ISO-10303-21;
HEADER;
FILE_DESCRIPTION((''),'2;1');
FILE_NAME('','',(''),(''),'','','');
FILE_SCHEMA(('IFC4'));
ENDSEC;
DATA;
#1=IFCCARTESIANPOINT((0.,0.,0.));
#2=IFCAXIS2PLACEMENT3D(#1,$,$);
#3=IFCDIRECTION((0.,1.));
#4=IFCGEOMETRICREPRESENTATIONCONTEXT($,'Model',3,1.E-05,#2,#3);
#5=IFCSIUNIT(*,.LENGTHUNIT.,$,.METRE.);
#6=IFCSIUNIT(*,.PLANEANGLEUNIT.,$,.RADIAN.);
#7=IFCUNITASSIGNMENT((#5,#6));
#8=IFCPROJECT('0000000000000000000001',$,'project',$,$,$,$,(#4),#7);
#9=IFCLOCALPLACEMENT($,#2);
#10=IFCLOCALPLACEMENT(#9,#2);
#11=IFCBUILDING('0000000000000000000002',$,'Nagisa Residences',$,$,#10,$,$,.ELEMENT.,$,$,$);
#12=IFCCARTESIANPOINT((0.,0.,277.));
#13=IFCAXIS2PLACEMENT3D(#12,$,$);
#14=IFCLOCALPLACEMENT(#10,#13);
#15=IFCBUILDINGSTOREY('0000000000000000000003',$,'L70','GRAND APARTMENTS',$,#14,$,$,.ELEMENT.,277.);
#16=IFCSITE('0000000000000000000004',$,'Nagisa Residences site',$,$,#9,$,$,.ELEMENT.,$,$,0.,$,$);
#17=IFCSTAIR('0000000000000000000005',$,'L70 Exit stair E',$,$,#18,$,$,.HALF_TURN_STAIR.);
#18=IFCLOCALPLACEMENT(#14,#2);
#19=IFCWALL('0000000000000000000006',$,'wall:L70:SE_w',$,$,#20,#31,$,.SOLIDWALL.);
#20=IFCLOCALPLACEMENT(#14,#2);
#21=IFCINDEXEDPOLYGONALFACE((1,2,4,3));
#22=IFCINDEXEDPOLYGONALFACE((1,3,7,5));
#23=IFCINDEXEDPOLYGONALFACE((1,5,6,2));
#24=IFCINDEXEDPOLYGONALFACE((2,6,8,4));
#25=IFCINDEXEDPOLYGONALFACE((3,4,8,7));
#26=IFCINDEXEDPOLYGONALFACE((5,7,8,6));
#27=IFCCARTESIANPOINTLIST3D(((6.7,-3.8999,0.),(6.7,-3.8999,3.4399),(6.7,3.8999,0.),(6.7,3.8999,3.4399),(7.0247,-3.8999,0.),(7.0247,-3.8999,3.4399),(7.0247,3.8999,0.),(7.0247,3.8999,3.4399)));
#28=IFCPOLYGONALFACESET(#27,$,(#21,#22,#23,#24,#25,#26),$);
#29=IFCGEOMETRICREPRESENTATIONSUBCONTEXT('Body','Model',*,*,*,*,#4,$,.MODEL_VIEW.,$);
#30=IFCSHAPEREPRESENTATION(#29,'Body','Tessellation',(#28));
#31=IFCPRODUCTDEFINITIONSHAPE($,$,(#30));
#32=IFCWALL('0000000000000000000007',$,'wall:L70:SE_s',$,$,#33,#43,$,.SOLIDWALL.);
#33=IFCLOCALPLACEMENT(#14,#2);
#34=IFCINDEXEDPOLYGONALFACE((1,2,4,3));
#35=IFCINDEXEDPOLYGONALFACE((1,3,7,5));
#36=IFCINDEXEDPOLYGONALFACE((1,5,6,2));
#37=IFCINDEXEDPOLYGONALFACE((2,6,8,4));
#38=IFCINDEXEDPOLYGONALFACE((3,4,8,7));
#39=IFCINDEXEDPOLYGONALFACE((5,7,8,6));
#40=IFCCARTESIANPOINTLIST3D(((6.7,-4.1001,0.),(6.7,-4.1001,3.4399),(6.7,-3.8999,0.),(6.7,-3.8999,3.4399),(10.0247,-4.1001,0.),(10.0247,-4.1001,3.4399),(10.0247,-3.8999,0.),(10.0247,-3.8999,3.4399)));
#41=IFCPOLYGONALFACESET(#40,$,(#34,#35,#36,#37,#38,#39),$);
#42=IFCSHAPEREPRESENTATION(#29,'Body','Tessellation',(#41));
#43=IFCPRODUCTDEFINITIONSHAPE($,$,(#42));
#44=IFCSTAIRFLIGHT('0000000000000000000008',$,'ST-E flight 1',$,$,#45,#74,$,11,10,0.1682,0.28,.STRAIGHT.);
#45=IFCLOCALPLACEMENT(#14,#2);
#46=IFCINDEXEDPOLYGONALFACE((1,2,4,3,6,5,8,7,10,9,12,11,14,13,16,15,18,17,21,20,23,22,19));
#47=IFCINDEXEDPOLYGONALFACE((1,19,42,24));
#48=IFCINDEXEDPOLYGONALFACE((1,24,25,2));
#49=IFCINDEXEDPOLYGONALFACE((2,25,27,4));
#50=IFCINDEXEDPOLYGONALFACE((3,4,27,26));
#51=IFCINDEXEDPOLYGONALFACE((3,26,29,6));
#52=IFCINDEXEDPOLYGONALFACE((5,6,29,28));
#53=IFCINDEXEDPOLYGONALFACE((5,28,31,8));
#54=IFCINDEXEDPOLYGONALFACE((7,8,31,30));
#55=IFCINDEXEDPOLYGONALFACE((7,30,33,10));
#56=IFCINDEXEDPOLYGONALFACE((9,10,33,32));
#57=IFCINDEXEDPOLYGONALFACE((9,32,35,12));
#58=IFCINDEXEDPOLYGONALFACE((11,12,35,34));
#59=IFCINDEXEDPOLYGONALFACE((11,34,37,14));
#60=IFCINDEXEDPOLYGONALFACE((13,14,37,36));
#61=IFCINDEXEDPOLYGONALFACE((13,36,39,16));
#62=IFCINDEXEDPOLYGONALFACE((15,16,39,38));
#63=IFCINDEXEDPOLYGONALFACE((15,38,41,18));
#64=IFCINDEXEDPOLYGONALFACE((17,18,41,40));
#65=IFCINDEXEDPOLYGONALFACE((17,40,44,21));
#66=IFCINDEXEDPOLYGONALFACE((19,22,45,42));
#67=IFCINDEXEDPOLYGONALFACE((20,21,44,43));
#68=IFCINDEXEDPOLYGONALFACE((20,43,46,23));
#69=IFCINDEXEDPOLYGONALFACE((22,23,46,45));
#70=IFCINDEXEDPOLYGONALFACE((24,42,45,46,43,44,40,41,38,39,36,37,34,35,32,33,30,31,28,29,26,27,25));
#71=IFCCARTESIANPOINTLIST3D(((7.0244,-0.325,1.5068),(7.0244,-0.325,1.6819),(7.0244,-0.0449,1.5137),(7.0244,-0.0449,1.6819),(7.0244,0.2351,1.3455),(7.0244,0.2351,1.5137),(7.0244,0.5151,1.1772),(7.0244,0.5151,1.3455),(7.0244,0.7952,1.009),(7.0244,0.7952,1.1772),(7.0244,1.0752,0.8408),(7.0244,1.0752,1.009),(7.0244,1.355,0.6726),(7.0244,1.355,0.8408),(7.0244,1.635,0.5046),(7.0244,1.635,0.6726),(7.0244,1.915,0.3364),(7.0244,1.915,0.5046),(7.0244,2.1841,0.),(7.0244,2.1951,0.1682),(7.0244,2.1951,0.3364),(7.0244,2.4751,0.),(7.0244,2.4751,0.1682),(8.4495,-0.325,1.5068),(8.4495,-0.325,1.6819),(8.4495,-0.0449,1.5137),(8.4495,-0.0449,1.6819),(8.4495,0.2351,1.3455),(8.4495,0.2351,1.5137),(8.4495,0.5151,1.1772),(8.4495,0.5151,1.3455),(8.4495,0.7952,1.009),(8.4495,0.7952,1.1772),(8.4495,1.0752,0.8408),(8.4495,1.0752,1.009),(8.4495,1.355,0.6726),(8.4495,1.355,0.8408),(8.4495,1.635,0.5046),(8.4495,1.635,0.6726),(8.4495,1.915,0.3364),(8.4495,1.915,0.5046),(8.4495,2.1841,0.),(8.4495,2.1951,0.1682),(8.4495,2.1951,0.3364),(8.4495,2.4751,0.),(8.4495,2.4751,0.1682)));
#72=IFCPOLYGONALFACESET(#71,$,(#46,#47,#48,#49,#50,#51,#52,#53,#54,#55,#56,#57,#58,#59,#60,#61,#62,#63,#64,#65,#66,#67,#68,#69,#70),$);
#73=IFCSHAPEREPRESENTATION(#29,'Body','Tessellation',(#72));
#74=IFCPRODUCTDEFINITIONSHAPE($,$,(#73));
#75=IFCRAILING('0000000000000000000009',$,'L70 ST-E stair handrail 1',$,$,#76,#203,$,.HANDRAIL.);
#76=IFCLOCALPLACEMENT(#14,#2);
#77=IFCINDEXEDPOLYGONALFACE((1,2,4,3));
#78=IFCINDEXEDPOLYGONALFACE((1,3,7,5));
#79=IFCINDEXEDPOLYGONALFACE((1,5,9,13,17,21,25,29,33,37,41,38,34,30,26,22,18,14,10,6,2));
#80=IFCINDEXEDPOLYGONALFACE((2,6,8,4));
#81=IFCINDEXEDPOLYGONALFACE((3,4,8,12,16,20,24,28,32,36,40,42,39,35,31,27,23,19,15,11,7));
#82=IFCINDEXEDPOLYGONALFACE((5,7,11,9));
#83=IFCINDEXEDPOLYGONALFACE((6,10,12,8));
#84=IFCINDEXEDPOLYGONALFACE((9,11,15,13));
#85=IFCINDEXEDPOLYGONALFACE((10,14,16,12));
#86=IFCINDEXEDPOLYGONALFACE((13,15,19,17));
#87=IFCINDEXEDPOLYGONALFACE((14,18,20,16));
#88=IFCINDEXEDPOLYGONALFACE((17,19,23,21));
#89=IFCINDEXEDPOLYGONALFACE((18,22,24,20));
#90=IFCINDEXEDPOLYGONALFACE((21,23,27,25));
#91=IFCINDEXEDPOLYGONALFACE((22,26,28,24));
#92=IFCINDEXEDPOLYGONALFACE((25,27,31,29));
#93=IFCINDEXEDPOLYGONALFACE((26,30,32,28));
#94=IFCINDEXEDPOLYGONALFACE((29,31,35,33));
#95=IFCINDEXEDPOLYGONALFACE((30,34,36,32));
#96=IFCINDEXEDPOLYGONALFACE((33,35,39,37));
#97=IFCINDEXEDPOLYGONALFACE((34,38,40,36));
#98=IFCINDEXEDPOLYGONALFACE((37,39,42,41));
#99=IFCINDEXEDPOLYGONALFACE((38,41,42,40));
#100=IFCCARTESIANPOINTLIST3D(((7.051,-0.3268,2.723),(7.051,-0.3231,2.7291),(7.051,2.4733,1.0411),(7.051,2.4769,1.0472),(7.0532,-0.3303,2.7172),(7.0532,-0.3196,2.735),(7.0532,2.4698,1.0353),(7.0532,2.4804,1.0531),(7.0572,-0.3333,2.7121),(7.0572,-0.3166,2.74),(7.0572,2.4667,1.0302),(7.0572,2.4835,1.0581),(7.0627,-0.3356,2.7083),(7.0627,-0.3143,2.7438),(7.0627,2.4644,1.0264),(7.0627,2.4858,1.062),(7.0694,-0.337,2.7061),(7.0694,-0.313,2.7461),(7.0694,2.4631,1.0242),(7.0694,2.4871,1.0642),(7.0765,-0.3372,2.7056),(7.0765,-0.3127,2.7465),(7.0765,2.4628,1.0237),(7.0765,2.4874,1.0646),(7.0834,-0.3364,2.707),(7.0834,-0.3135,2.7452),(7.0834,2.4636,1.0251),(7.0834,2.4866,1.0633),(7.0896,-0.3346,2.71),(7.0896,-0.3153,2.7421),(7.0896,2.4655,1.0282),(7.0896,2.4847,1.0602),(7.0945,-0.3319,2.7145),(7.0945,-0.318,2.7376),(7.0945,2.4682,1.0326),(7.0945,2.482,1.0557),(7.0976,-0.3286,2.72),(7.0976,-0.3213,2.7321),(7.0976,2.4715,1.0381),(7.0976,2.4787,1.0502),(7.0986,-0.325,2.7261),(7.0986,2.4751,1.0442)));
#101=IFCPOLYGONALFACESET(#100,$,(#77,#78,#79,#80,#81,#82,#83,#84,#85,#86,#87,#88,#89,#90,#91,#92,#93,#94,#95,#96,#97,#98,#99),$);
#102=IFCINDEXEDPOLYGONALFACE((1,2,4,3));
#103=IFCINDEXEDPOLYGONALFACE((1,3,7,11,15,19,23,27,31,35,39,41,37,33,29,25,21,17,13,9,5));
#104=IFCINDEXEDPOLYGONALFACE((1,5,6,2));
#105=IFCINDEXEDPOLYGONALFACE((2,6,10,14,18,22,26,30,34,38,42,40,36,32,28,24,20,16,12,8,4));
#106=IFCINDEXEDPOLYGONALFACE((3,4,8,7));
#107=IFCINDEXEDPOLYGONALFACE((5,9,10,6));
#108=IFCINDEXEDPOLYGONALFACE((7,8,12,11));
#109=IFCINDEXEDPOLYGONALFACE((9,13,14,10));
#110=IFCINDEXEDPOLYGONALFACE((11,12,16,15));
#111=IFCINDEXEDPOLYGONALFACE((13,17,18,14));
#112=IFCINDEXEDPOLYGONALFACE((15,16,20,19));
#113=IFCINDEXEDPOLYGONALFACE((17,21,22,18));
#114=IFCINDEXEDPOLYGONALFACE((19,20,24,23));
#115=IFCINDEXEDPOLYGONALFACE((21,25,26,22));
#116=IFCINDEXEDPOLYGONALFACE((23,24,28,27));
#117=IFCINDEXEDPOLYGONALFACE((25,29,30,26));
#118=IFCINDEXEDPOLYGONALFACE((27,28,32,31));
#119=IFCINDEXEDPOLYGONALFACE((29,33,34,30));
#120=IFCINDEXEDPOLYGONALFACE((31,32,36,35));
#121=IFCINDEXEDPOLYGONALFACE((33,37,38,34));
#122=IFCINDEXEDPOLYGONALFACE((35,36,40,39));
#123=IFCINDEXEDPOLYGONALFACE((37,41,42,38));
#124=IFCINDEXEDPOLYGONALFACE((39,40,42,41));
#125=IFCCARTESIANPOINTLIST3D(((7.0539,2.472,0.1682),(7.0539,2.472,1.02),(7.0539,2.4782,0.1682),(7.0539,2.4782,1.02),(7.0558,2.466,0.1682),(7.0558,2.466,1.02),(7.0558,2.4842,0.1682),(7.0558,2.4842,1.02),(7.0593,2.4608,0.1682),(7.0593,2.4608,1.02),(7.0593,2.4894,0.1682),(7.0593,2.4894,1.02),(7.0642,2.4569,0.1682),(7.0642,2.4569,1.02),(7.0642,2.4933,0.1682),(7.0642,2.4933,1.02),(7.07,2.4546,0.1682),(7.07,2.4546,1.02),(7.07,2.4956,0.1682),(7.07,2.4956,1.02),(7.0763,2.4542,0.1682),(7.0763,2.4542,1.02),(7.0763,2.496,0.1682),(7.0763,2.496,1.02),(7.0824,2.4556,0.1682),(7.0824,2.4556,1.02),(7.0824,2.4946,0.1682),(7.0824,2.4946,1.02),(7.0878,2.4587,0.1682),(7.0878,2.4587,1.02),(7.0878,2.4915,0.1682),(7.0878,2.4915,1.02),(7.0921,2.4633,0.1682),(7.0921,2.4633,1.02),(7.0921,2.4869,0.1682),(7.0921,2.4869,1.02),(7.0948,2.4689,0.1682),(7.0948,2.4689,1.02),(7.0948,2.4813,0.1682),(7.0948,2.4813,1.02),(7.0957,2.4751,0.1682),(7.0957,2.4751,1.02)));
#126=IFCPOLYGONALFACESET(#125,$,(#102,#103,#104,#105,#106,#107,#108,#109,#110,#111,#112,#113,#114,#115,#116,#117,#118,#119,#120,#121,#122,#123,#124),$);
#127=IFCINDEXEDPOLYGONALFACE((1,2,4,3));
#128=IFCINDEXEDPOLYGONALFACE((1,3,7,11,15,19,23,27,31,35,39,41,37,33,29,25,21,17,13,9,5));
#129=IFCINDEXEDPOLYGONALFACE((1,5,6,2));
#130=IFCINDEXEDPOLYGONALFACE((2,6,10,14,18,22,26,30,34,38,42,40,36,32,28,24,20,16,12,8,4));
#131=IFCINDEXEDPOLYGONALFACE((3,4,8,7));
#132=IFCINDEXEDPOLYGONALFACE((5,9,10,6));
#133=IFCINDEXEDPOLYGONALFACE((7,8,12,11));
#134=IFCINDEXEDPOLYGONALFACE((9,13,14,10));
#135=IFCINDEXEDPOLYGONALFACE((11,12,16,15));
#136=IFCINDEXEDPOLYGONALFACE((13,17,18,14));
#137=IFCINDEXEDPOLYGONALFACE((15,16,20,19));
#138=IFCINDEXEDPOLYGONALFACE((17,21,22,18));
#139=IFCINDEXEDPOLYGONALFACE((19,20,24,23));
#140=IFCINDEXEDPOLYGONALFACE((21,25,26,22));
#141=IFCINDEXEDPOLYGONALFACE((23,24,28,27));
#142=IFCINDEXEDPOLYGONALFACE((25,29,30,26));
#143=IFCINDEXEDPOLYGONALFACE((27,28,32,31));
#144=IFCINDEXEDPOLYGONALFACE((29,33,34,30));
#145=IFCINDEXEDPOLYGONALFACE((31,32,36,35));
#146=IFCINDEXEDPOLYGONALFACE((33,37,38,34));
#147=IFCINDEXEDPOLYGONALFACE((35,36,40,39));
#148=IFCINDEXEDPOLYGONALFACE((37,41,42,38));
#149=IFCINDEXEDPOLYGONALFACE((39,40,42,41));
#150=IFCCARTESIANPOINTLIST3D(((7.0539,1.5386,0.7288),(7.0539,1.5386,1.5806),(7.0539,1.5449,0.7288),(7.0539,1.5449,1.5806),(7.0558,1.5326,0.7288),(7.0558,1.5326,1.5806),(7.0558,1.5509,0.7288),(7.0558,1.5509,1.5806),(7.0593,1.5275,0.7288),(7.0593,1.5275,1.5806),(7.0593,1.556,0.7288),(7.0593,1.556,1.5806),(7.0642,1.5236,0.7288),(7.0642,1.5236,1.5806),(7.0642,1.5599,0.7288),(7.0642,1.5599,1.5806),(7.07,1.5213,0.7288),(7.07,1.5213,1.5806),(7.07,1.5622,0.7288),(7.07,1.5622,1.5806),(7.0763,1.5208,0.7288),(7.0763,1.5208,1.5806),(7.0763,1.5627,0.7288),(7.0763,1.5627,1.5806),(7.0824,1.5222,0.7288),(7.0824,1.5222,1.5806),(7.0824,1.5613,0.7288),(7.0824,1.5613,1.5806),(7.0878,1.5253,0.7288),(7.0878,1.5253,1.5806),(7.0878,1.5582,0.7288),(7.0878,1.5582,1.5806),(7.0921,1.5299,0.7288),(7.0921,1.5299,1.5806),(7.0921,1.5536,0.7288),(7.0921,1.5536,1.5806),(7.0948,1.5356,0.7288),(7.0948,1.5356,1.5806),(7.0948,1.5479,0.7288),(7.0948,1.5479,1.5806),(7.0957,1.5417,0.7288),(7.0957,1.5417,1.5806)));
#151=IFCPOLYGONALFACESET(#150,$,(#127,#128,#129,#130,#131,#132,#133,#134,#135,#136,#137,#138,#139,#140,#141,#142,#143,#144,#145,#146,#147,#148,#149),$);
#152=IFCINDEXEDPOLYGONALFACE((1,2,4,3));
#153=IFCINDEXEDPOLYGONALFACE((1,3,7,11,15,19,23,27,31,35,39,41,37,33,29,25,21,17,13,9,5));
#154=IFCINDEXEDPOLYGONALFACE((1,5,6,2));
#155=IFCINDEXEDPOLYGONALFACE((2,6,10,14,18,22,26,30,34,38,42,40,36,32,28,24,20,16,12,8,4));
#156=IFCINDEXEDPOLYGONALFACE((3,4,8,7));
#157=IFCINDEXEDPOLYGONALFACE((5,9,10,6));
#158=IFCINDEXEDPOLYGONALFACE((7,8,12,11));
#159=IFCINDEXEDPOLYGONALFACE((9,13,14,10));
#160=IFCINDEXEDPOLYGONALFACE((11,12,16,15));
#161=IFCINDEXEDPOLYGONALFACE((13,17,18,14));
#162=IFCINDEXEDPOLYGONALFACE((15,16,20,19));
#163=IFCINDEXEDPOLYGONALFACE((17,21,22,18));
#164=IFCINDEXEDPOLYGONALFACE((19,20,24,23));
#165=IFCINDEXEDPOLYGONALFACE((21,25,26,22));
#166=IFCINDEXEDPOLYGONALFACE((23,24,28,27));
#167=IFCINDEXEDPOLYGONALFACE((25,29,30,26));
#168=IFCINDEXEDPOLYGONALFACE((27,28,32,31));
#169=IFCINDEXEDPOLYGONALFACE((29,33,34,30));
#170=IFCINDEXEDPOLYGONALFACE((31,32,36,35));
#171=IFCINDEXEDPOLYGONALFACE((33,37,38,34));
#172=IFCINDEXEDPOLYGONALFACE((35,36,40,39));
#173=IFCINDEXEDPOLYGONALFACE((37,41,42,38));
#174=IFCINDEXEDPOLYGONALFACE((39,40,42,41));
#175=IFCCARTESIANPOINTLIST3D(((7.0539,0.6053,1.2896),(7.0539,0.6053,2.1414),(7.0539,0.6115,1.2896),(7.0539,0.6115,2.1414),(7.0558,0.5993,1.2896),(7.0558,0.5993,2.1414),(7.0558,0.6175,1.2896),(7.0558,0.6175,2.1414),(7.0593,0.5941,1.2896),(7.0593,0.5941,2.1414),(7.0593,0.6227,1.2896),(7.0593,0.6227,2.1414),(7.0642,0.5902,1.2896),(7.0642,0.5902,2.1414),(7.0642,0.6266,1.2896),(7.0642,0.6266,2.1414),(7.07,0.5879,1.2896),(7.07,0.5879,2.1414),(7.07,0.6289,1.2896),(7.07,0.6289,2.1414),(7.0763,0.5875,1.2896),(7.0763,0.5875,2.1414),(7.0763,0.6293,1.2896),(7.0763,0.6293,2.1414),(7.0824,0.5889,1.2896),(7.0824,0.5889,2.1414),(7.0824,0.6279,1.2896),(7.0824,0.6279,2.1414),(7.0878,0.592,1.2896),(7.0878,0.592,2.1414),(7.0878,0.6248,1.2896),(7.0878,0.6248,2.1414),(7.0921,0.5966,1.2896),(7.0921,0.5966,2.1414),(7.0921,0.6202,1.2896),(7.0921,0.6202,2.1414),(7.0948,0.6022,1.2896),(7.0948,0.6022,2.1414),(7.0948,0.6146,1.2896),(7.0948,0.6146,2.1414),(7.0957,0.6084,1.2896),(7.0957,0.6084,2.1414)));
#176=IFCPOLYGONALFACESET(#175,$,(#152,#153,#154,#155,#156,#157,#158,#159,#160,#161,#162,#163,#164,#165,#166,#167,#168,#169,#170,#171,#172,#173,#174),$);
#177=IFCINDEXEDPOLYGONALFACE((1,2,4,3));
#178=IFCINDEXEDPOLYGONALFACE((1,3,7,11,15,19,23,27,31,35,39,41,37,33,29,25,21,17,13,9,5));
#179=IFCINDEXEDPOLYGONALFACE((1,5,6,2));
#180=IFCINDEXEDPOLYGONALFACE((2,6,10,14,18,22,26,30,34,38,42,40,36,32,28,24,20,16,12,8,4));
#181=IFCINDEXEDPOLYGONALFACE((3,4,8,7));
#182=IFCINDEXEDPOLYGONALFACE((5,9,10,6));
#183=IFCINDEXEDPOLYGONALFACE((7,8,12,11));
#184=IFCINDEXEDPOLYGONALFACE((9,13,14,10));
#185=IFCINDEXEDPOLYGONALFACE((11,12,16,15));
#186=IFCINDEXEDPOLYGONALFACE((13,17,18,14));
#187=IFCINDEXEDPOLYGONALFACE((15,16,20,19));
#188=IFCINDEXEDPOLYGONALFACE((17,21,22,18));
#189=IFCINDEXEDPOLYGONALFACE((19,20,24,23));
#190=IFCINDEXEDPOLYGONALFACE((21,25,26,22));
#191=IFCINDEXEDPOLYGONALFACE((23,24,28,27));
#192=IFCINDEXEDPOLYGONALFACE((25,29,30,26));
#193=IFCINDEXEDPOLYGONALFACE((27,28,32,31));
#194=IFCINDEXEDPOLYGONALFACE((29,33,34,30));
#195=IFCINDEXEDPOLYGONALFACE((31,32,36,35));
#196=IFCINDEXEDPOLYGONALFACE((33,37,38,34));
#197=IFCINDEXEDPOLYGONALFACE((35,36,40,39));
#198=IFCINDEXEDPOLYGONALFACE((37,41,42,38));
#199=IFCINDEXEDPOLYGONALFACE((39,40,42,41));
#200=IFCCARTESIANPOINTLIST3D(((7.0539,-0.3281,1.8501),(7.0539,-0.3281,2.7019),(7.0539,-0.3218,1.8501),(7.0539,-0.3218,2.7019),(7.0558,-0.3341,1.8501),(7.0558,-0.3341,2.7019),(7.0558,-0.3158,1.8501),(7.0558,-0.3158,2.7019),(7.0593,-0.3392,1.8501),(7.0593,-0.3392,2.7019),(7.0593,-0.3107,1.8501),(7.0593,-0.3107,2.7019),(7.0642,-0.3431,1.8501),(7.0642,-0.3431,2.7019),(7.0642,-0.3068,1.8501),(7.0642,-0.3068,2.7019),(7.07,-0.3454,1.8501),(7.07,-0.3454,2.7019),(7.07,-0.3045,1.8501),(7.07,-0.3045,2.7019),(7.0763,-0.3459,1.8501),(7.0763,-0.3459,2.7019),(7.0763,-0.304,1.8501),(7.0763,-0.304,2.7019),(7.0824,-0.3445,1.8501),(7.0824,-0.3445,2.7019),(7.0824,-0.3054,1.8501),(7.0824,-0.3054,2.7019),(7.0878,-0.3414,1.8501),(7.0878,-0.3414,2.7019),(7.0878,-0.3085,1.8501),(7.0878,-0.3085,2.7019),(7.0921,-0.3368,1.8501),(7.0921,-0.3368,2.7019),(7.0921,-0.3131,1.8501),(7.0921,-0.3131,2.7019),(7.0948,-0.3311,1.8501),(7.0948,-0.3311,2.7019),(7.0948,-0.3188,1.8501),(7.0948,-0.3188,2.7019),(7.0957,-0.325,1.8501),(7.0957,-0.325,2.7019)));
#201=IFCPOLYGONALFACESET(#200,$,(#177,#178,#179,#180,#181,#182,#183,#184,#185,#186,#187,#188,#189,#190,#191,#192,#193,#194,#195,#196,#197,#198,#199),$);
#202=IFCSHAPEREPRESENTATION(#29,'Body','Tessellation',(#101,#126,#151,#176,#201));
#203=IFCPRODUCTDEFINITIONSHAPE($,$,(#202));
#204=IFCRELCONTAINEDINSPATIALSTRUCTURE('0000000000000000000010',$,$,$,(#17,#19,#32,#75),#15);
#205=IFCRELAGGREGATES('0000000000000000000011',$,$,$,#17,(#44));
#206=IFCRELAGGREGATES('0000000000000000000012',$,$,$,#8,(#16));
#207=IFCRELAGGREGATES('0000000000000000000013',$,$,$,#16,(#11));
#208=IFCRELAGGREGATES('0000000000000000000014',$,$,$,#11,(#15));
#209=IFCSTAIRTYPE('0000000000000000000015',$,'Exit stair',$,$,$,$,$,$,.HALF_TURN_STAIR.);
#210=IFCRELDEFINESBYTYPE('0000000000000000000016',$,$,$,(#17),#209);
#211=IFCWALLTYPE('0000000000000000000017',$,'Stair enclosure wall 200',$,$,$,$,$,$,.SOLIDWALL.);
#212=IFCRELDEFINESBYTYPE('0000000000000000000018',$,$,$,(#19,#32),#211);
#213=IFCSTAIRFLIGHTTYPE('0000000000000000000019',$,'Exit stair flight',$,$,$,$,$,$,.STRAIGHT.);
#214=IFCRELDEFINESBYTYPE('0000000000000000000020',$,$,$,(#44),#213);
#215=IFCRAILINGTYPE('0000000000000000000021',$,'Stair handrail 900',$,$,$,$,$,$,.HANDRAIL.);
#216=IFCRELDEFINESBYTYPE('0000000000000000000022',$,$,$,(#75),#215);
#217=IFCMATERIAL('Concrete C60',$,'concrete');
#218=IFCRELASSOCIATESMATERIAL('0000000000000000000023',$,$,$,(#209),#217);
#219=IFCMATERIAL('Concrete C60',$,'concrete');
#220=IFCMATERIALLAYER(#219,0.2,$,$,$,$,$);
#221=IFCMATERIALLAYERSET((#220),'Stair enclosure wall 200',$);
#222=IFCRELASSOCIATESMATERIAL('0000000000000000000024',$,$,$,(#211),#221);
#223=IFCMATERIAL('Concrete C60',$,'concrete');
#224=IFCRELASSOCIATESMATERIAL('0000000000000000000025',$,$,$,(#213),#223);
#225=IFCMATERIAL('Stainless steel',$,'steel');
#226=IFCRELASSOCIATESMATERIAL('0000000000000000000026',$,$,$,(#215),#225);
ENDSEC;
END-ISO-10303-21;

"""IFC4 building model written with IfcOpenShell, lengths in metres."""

from ifc_helpers import new_model, si_unit, direction, frame, origin, origin_2d, place, context, subcontext, project, spatial, polyline, circle, outline, extrude, material, layer, layer_set, type_object, element, aggregate, save


model = new_model("IFC4")

# Units and contexts
model_context = context("Model", 3, precision=1e-05, world=origin(), true_north=direction((0.0, 1.0)))
body_context = subcontext(model_context, "Body", "Model", "MODEL_VIEW")
ifc_project = project(units=[si_unit("LENGTHUNIT", "METRE"), si_unit("PLANEANGLEUNIT", "RADIAN")], contexts=[model_context])

# Site, building, storey
site_placement = place(None, origin())
site = spatial("IfcSite", under=ifc_project, at=site_placement, Name="Nagisa Residences site", CompositionType="ELEMENT", RefElevation=0.0)
building_placement = place(site_placement, origin())
building = spatial("IfcBuilding", under=site, at=building_placement, Name="Nagisa Residences", CompositionType="ELEMENT")
storey_placement = place(building_placement, frame((0.0, 0.0, 277.0)))
storey = spatial("IfcBuildingStorey", under=building, at=storey_placement, Name="L70", Description="GRAND APARTMENTS", CompositionType="ELEMENT", Elevation=277.0)

# Stair
ifc_material_1 = material(Name="Concrete C60", Category="concrete")
stair_type = type_object("IfcStairType", Name="Exit stair", PredefinedType="HALF_TURN_STAIR", material=ifc_material_1)
stair_1_placement = place(storey_placement, origin())
stair_1 = element("IfcStair", 1, at=stair_1_placement, inside=storey, type_object=stair_type, Name="L70 Exit stair E", PredefinedType="HALF_TURN_STAIR")

# Shared definitions
ifc_material_2 = material(Name="Concrete C60", Category="concrete")
ifc_layer_1 = layer(ifc_material_2, 0.2)
ifc_layer_set_1 = layer_set([ifc_layer_1], Name="Stair enclosure wall 200")
wall_type_1 = type_object("IfcWallType", Name="Stair enclosure wall 200", PredefinedType="SOLIDWALL", material=ifc_layer_set_1)

# Walls
wall_1_placement = place(storey_placement, origin())
element("IfcWall", 2, at=wall_1_placement, inside=storey, type_object=wall_type_1, Name="wall:L70:SE_w", PredefinedType="SOLIDWALL", context=body_context, shape_type="SweptSolid", body=[
    extrude(outline(polyline([(7.0247, -3.8999), (6.7, -3.8999), (6.7, 3.8999), (7.0247, 3.8999), (7.0247, -3.8999)])), origin(), (0.0, 0.0, 1.0), 3.4399),
])
wall_2_placement = place(storey_placement, origin())
element("IfcWall", 3, at=wall_2_placement, inside=storey, type_object=wall_type_1, Name="wall:L70:SE_s", PredefinedType="SOLIDWALL", context=body_context, shape_type="SweptSolid", body=[
    extrude(outline(polyline([(10.0247, -4.1001), (6.7, -4.1001), (6.7, -3.8999), (10.0247, -3.8999), (10.0247, -4.1001)])), origin(), (0.0, 0.0, 1.0), 3.4399),
])

# Stair flight
ifc_material_3 = material(Name="Concrete C60", Category="concrete")
stair_flight_type = type_object("IfcStairFlightType", Name="Exit stair flight", PredefinedType="STRAIGHT", material=ifc_material_3)
stair_flight_placement = place(storey_placement, frame((7.7371, 2.4751, 0.0), z_axis=(0.0, 0.0, 1.0), x_axis=(0.0, -1.0, 0.0)))
stair_flight = element("IfcStairFlight", 4, at=stair_flight_placement, type_object=stair_flight_type, Name="ST-E flight 1", NumberOfRisers=11, NumberOfTreads=10, PredefinedType="STRAIGHT", RiserHeight=0.1682, TreadLength=0.28, context=body_context, shape_type="SweptSolid", body=[
    extrude(outline(polyline([(0.0, 0.0), (0.0, 0.1682), (0.28, 0.1682), (0.28, 0.3364), (0.5601, 0.3364), (0.5601, 0.5046), (0.8401, 0.5046), (0.8401, 0.6726), (1.1201, 0.6726), (1.1201, 0.8408), (1.3999, 0.8408), (1.3999, 1.009), (1.6799, 1.009), (1.6799, 1.1772), (1.96, 1.1772), (1.96, 1.3455), (2.24, 1.3455), (2.24, 1.5137), (2.52, 1.5137), (2.52, 1.6819), (2.8, 1.6819), (2.8, 1.8501), (2.8, 1.5068), (0.291, 0.0), (0.0, 0.0)])), frame((0.0, 0.7124, 0.0), z_axis=(0.0, -1.0, 0.0), x_axis=(1.0, 0.0, 0.0)), (0.0, 0.0, 1.0), 1.425),
])
aggregate(stair_1, [stair_flight])

# Railing
ifc_material_4 = material(Name="Stainless steel", Category="steel")
railing_type = type_object("IfcRailingType", Name="Stair handrail 900", PredefinedType="HANDRAIL", material=ifc_material_4)
railing_placement = place(storey_placement, frame((7.0747, 2.4751, 0.1682)))
element("IfcRailing", 5, at=railing_placement, inside=storey, type_object=railing_type, Name="L70 ST-E stair handrail 1", PredefinedType="HANDRAIL", context=body_context, shape_type="SweptSolid", body=[
    extrude(circle(Radius=0.0239, at=origin_2d()), frame((0.0, 0.0, 0.876), z_axis=(0.0, -0.857242, 0.514913), x_axis=(1.0, 0.0, 0.0)), (0.0, 0.0, 1.0), 3.2664),
    extrude(circle(Radius=0.021, at=origin_2d()), origin(), (0.0, 0.0, 1.0), 0.8518),
    extrude(circle(Radius=0.021, at=origin_2d()), frame((0.0, -0.9333, 0.5605)), (0.0, 0.0, 1.0), 0.8518),
    extrude(circle(Radius=0.021, at=origin_2d()), frame((0.0, -1.8667, 1.1213)), (0.0, 0.0, 1.0), 0.8518),
    extrude(circle(Radius=0.021, at=origin_2d()), frame((0.0, -2.8, 1.6819)), (0.0, 0.0, 1.0), 0.8518),
])

save(model, "model.ifc")
